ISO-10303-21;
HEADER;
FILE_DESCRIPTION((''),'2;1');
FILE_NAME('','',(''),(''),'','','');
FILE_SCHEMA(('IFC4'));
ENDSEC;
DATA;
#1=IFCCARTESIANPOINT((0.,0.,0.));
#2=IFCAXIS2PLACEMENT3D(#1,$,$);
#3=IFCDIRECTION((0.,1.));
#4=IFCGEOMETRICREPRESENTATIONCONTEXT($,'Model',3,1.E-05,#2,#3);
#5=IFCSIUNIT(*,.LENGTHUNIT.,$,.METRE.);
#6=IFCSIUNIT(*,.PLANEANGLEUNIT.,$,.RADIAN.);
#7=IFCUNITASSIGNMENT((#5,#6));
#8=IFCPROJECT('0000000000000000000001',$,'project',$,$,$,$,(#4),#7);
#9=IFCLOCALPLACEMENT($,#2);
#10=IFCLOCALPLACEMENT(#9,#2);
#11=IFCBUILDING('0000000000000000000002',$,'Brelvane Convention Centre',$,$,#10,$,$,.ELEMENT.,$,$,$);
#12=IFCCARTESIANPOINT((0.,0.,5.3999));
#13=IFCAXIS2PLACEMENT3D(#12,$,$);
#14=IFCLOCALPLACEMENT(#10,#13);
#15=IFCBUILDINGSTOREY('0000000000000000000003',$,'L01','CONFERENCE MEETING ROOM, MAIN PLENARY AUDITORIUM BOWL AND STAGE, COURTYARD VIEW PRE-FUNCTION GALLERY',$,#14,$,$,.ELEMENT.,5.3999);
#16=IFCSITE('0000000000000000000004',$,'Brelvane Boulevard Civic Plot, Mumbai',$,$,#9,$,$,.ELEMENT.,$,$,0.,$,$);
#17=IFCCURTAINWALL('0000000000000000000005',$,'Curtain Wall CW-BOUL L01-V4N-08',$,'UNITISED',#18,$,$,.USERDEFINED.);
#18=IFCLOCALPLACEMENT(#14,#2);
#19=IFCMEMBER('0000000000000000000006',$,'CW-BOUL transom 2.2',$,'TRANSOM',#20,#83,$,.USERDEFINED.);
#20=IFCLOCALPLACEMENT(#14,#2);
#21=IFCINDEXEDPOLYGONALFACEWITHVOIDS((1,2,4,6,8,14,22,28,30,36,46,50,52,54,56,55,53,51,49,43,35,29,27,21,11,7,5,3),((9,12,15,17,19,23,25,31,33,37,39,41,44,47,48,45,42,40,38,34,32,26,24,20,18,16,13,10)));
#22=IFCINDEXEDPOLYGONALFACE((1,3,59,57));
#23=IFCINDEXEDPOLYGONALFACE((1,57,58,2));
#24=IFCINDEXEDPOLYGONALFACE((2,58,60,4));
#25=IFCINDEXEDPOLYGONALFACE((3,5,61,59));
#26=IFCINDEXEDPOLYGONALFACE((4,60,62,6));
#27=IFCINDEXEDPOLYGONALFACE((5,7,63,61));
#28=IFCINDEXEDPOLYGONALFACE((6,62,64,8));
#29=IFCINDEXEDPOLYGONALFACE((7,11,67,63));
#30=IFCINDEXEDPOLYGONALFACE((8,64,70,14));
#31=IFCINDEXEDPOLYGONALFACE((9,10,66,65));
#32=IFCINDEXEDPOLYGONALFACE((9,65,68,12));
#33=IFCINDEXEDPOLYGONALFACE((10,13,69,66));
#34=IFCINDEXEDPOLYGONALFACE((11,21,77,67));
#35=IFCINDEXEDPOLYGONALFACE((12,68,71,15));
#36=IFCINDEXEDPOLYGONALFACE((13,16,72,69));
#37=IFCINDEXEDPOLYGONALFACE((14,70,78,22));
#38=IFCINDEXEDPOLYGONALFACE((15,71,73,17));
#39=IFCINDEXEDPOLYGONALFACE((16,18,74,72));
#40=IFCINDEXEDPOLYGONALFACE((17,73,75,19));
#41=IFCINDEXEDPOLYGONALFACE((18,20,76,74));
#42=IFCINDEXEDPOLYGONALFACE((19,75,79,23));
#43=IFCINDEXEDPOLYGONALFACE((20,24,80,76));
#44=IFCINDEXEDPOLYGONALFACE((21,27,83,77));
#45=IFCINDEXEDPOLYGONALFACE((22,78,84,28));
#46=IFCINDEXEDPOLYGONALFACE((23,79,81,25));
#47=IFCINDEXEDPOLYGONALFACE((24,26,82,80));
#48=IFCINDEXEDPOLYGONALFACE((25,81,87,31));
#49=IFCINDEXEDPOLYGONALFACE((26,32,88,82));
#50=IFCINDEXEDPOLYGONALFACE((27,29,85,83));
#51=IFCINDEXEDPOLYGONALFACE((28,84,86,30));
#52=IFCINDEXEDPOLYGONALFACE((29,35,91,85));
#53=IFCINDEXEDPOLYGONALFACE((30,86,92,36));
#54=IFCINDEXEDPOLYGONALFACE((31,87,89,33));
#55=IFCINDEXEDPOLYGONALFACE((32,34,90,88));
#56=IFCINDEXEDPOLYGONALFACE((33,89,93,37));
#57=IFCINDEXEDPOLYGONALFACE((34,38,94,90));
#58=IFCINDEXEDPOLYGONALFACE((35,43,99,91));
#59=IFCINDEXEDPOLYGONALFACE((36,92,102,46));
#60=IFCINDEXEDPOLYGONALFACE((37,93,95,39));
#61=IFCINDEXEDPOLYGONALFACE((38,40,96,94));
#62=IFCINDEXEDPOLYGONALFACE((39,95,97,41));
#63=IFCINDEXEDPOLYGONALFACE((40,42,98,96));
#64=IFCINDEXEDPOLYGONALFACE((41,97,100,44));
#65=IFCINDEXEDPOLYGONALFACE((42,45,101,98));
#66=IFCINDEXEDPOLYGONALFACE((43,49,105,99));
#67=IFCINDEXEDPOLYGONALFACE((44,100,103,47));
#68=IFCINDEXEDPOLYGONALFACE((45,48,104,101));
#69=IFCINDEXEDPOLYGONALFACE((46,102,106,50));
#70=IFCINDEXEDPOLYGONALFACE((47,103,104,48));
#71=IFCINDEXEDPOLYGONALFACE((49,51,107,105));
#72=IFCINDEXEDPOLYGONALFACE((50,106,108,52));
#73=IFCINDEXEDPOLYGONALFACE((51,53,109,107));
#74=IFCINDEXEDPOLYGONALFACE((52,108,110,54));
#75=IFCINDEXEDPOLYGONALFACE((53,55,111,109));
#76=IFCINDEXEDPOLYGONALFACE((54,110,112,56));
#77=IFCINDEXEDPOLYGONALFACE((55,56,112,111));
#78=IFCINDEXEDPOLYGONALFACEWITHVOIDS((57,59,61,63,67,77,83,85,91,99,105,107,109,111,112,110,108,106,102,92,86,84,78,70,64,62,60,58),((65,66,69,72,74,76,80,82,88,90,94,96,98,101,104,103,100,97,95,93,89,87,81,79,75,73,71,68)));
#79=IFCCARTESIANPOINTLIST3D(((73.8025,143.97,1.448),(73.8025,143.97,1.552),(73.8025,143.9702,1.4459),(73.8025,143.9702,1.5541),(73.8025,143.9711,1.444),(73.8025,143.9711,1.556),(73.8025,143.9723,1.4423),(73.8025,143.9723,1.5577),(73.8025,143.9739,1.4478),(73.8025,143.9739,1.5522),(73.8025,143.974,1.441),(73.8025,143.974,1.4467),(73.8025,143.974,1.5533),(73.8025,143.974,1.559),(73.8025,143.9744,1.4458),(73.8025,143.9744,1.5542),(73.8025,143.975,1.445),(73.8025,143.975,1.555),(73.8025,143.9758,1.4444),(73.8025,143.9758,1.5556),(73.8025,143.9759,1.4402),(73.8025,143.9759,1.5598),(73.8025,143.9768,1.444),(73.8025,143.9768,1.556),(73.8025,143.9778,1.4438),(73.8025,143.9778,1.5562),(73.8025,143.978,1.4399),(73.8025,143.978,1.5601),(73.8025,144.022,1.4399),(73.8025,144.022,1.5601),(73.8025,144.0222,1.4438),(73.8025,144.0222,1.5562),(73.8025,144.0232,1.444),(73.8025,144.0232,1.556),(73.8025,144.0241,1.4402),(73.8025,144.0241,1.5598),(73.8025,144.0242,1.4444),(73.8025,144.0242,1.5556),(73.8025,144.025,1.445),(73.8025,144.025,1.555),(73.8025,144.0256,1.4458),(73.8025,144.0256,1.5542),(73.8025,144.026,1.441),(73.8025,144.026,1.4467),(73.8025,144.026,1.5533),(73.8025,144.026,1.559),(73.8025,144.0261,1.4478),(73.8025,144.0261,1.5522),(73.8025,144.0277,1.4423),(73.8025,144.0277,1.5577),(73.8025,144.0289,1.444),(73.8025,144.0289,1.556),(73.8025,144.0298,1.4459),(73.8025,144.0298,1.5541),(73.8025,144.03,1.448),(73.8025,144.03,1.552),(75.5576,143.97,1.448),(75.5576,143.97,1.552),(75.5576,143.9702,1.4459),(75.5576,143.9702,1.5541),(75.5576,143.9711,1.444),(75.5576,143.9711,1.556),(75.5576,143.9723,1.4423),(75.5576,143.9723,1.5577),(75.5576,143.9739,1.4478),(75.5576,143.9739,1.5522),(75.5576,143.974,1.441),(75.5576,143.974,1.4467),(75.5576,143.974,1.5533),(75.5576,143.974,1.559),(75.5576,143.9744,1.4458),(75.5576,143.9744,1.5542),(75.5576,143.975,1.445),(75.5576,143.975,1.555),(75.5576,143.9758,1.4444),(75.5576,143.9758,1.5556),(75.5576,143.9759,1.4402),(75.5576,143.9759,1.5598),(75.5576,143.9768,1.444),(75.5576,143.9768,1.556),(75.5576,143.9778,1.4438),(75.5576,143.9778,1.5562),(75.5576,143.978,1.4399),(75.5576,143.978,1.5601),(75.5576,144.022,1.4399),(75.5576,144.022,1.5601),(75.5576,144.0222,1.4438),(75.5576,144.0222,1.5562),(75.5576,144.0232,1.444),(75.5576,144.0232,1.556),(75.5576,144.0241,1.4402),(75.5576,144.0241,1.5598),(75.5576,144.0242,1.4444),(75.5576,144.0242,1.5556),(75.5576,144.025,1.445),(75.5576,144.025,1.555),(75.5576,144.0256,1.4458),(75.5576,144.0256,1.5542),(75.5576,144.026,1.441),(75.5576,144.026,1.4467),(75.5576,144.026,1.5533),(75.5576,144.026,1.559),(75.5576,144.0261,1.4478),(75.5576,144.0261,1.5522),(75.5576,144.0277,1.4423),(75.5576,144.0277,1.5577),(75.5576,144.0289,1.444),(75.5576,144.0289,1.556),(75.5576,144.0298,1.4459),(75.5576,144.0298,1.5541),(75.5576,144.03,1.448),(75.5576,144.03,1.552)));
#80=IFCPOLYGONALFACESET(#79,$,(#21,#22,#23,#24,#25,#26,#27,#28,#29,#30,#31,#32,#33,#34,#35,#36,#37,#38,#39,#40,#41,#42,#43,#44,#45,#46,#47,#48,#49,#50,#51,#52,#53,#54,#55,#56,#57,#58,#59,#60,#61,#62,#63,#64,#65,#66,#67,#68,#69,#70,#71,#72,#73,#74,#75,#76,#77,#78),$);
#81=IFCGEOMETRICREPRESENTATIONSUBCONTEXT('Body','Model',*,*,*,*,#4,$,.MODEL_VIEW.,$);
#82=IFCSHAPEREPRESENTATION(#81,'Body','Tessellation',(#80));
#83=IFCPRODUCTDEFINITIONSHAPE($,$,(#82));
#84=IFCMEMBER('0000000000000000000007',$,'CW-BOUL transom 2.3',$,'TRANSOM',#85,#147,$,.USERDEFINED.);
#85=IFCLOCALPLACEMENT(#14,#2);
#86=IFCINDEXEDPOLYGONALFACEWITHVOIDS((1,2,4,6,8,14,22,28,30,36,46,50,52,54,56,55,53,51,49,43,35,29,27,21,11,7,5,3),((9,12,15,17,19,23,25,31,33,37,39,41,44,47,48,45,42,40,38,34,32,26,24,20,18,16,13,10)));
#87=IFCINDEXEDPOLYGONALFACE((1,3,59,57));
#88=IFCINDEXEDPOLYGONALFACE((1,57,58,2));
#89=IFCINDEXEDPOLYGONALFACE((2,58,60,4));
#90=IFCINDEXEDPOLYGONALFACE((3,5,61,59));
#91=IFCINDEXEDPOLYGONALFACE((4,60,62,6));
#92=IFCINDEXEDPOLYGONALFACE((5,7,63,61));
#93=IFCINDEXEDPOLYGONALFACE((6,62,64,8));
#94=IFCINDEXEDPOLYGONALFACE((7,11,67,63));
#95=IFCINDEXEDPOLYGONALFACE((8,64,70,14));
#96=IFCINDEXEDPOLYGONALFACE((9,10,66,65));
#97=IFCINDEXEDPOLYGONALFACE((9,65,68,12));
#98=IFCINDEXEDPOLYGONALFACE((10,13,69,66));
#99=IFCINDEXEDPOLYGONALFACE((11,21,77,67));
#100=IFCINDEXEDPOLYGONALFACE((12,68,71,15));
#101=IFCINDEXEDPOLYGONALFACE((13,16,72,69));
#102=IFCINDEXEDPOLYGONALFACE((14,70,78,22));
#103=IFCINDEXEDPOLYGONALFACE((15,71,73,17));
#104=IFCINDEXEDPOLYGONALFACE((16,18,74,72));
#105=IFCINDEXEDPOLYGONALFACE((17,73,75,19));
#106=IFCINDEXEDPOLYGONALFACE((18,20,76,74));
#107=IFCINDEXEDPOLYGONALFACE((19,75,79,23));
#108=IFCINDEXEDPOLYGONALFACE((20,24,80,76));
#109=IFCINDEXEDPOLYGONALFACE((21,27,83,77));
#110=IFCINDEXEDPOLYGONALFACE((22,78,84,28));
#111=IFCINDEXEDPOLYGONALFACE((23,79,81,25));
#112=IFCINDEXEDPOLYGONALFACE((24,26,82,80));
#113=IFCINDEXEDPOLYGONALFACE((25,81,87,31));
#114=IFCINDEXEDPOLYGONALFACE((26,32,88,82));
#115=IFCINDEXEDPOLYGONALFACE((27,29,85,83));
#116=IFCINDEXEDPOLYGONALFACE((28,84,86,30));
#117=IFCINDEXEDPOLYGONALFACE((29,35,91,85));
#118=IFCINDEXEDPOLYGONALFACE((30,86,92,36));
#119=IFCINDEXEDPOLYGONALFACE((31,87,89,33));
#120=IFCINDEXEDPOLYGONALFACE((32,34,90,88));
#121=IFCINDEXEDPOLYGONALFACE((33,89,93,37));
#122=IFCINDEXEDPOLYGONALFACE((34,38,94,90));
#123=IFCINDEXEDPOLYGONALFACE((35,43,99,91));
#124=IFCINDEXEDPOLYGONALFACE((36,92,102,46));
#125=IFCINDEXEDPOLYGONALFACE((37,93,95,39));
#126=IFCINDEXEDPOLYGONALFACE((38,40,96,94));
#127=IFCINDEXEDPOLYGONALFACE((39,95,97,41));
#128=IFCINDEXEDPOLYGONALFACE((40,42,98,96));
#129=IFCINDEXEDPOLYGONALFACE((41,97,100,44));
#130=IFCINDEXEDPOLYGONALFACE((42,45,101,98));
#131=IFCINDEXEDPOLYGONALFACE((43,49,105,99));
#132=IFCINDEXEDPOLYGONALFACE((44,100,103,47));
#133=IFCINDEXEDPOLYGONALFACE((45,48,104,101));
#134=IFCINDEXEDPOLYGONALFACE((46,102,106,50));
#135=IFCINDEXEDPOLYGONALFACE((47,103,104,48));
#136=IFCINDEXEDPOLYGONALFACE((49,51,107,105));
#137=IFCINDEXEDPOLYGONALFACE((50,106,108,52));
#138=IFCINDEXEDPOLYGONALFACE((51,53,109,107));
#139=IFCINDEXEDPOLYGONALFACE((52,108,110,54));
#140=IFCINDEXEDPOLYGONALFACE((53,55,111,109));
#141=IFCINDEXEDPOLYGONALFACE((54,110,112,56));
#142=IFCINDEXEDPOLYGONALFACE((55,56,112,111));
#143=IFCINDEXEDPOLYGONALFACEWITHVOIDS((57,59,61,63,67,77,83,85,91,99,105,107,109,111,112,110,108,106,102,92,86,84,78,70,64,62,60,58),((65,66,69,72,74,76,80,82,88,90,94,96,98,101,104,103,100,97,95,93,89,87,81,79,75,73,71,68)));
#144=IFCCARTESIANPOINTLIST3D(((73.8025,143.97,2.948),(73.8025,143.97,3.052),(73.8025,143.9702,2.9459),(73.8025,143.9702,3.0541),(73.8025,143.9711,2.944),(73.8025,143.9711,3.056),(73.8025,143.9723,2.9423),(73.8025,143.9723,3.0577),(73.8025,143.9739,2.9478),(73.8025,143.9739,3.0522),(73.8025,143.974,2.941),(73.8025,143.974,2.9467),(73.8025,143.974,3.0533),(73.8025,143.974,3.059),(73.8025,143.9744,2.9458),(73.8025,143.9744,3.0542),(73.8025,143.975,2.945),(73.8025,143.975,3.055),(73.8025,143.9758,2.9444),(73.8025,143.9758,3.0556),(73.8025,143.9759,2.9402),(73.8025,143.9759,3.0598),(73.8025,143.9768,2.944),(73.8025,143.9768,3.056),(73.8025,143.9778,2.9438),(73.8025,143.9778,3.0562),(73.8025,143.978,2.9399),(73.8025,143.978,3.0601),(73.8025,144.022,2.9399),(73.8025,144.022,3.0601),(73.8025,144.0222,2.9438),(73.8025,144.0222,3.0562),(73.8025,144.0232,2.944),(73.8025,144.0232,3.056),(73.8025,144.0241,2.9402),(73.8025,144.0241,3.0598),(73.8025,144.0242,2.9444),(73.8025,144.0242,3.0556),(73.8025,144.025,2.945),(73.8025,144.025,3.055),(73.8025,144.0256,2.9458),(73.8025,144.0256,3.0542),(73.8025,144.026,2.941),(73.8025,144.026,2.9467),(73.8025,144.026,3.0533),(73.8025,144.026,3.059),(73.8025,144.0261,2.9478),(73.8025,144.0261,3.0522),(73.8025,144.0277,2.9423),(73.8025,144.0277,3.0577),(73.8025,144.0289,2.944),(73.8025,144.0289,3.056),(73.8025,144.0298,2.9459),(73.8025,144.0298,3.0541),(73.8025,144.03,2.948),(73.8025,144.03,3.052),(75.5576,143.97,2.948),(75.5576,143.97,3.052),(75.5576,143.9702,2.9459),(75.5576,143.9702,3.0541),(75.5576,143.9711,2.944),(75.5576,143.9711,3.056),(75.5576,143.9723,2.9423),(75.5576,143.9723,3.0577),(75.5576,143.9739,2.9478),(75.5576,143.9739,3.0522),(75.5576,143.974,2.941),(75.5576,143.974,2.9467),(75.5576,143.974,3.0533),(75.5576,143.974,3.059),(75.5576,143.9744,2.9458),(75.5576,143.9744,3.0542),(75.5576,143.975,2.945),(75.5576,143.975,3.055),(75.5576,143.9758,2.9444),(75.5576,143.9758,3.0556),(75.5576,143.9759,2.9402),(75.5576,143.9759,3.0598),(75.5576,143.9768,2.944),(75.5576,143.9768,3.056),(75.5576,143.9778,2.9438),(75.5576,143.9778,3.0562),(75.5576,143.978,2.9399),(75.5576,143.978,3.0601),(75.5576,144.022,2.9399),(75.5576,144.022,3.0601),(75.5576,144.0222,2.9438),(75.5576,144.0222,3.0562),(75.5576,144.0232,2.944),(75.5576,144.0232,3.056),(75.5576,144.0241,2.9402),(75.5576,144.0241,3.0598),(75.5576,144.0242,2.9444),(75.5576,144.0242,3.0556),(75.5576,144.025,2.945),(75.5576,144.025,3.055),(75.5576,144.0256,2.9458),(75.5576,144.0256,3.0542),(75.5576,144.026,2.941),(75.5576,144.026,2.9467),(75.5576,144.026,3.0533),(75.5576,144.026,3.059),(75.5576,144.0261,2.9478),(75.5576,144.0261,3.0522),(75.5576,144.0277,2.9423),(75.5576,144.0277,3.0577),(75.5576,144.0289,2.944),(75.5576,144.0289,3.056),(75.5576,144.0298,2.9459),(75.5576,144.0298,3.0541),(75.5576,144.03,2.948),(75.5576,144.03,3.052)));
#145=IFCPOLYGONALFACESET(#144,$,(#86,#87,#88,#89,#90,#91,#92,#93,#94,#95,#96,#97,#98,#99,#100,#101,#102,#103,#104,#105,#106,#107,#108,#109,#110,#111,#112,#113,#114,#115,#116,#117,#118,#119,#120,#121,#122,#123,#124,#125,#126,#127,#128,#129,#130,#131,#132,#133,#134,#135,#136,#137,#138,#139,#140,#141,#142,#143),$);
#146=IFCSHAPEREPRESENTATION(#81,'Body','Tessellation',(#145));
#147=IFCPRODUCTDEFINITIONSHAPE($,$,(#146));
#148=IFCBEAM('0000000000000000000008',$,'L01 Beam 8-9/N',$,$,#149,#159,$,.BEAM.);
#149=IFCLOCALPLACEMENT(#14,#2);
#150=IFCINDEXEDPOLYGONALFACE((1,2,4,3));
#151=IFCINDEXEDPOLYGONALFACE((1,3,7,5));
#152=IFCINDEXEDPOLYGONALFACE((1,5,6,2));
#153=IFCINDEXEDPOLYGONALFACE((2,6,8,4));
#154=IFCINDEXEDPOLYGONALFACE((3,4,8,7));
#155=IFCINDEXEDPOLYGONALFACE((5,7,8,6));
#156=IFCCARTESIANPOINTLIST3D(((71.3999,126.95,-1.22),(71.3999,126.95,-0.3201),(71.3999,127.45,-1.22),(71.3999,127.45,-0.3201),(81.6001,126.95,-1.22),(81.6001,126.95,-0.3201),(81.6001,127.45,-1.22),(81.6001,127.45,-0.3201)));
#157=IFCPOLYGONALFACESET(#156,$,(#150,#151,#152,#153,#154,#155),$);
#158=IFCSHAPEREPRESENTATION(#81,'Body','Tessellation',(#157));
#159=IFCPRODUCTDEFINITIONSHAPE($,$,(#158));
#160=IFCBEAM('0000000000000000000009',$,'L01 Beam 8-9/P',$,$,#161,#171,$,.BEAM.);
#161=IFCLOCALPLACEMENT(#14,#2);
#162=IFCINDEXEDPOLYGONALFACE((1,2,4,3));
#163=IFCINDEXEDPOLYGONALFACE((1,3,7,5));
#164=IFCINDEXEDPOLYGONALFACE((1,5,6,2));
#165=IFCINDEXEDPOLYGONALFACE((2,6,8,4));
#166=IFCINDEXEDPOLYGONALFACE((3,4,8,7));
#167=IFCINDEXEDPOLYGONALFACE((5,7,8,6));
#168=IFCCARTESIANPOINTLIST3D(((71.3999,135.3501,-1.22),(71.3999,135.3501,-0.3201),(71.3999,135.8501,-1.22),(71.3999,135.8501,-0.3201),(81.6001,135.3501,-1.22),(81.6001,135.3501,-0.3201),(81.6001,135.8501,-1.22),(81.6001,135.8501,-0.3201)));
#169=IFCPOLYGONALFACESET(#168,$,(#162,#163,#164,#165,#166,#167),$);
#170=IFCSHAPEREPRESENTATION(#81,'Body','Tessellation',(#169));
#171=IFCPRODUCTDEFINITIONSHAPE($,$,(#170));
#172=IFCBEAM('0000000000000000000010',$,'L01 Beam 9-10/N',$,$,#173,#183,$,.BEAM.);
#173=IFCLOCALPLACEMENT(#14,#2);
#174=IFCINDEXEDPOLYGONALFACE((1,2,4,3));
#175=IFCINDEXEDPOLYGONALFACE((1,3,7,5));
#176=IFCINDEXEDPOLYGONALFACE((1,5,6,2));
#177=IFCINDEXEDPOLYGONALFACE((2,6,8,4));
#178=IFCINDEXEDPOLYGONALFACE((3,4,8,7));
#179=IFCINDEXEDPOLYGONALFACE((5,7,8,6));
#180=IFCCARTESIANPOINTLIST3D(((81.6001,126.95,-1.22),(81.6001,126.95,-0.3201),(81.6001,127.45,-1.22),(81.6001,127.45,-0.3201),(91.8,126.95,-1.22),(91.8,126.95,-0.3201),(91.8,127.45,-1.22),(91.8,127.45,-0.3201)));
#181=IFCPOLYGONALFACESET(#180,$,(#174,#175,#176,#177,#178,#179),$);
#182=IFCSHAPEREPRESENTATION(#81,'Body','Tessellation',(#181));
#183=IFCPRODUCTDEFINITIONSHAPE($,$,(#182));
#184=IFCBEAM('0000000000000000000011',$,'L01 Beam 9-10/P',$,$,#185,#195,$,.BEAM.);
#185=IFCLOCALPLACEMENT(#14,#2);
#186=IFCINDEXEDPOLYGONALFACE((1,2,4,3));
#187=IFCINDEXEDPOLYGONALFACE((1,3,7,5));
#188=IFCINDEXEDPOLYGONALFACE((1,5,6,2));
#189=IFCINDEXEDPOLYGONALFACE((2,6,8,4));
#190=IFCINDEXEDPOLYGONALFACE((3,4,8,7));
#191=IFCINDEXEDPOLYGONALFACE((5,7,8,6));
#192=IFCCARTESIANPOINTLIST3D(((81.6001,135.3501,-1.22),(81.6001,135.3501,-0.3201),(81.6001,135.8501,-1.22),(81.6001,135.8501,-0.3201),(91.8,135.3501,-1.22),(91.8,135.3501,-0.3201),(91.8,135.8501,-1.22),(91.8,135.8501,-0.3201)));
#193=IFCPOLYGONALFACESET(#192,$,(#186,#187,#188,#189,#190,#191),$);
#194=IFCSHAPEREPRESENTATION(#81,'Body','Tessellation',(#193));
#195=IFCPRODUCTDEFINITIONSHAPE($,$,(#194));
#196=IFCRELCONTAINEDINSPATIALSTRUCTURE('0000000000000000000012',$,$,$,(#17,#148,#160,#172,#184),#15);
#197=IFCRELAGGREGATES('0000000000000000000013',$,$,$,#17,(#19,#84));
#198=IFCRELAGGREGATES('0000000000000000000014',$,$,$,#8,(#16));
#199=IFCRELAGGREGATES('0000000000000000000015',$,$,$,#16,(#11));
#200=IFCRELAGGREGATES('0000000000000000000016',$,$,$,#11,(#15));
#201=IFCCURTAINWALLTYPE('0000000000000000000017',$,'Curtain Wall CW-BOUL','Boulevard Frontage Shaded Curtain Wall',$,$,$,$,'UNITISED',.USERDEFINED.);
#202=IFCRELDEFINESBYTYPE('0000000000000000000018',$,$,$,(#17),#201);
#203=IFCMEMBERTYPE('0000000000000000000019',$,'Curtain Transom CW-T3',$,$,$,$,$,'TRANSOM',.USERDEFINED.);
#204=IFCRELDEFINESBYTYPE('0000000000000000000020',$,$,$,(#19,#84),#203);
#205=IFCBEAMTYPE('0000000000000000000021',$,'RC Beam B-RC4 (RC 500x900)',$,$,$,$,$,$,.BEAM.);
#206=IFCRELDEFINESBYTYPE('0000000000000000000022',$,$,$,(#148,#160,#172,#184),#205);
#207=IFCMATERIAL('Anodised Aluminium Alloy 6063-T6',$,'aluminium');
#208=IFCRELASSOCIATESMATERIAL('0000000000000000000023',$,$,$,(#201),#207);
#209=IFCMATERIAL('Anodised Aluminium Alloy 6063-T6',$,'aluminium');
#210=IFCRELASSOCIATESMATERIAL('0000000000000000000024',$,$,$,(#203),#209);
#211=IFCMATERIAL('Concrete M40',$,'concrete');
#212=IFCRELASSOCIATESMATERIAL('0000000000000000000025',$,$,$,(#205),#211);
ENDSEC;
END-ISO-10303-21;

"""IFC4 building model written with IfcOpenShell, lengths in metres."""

from ifc_helpers import new_model, si_unit, direction, frame, origin, origin_2d, place, context, subcontext, project, spatial, rectangle, hollow_rectangle, extrude, material, material_profile, profile_set, type_object, element, aggregate, save


model = new_model("IFC4")

# Units and contexts
model_context = context("Model", 3, precision=1e-05, world=origin(), true_north=direction((0.0, 1.0)))
body_context = subcontext(model_context, "Body", "Model", "MODEL_VIEW")
ifc_project = project(units=[si_unit("LENGTHUNIT", "METRE"), si_unit("PLANEANGLEUNIT", "RADIAN")], contexts=[model_context])

# Site, building, storey
site_placement = place(None, origin())
site = spatial("IfcSite", under=ifc_project, at=site_placement, Name="Brelvane Boulevard Civic Plot, Mumbai", CompositionType="ELEMENT", RefElevation=0.0)
building_placement = place(site_placement, origin())
building = spatial("IfcBuilding", under=site, at=building_placement, Name="Brelvane Convention Centre", CompositionType="ELEMENT")
storey_placement = place(building_placement, frame((0.0, 0.0, 5.3999)))
storey = spatial("IfcBuildingStorey", under=building, at=storey_placement, Name="L01", Description="CONFERENCE MEETING ROOM, MAIN PLENARY AUDITORIUM BOWL AND STAGE, COURTYARD VIEW PRE-FUNCTION GALLERY", CompositionType="ELEMENT", Elevation=5.3999)

# Curtain wall, members
ifc_material_1 = material(Name="Anodised Aluminium Alloy 6063-T6", Category="aluminium")
curtain_wall_type = type_object("IfcCurtainWallType", Name="Curtain Wall CW-BOUL", Description="Boulevard Frontage Shaded Curtain Wall", ElementType="UNITISED", PredefinedType="USERDEFINED", material=ifc_material_1)
curtain_wall_placement = place(storey_placement, origin())
curtain_wall = element("IfcCurtainWall", 1, at=curtain_wall_placement, inside=storey, type_object=curtain_wall_type, Name="Curtain Wall CW-BOUL L01-V4N-08", ObjectType="UNITISED", PredefinedType="USERDEFINED")
ifc_material_2 = material(Name="Anodised Aluminium Alloy 6063-T6", Category="aluminium")
ifc_material_profile_1 = material_profile(ifc_material_2, hollow_rectangle(XDim=0.0601, YDim=0.1201, WallThickness=0.0039, InnerFilletRadius=0.0039, OuterFilletRadius=0.0081, at=origin_2d()), Name="ALU-T 120x60x4.0")
ifc_profile_set_1 = profile_set([ifc_material_profile_1], Name="Anodised Aluminium Alloy 6063-T6")
member_type_1 = type_object("IfcMemberType", Name="Curtain Transom CW-T3", ElementType="TRANSOM", PredefinedType="USERDEFINED", material=ifc_profile_set_1)
member_1_placement = place(storey_placement, frame((73.8025, 144.0, 1.5), z_axis=(1.0, 0.0, 0.0), x_axis=(0.0, 1.0, 0.0)))
member_1 = element("IfcMember", 2, at=member_1_placement, type_object=member_type_1, Name="CW-BOUL transom 2.2", ObjectType="TRANSOM", PredefinedType="USERDEFINED", context=body_context, shape_type="SweptSolid", body=[
    extrude(hollow_rectangle(XDim=0.0601, YDim=0.1201, WallThickness=0.0039, InnerFilletRadius=0.0039, OuterFilletRadius=0.0081, at=origin_2d()), origin(), (0.0, 0.0, 1.0), 1.7551),
])
member_2_placement = place(storey_placement, frame((73.8025, 144.0, 3.0), z_axis=(1.0, 0.0, 0.0), x_axis=(0.0, 1.0, 0.0)))
member_2 = element("IfcMember", 3, at=member_2_placement, type_object=member_type_1, Name="CW-BOUL transom 2.3", ObjectType="TRANSOM", PredefinedType="USERDEFINED", context=body_context, shape_type="SweptSolid", body=[
    extrude(hollow_rectangle(XDim=0.0601, YDim=0.1201, WallThickness=0.0039, InnerFilletRadius=0.0039, OuterFilletRadius=0.0081, at=origin_2d()), origin(), (0.0, 0.0, 1.0), 1.7551),
])

# Beams
ifc_material_3 = material(Name="Concrete M40", Category="concrete")
ifc_material_profile_2 = material_profile(ifc_material_3, rectangle(XDim=0.5, YDim=0.8999, at=origin_2d()), Name="RC 500x900")
ifc_profile_set_2 = profile_set([ifc_material_profile_2], Name="Concrete M40")
beam_type_1 = type_object("IfcBeamType", Name="RC Beam B-RC4 (RC 500x900)", PredefinedType="BEAM", material=ifc_profile_set_2)
for number, where, z_axis, x_axis, name in (
    (4, (71.3999, 127.2, -0.77), (1.0, 0.0, 0.0), (0.0, 1.0, 0.0), "L01 Beam 8-9/N"),
    (5, (71.3999, 135.6001, -0.77), (1.0, 0.0, 0.0), (0.0, 1.0, 0.0), "L01 Beam 8-9/P"),
):
    element("IfcBeam", number, at=place(storey_placement, frame(where, z_axis=z_axis, x_axis=x_axis)), inside=storey, type_object=beam_type_1, Name=name, PredefinedType="BEAM", context=body_context, shape_type="SweptSolid", body=[
        extrude(rectangle(XDim=0.5, YDim=0.8999, at=origin_2d()), origin(), (0.0, 0.0, 1.0), 10.2002),
    ])
for number, where, z_axis, x_axis, name in (
    (6, (81.6001, 127.2, -0.77), (1.0, 0.0, 0.0), (0.0, 1.0, 0.0), "L01 Beam 9-10/N"),
    (7, (81.6001, 135.6001, -0.77), (1.0, 0.0, 0.0), (0.0, 1.0, 0.0), "L01 Beam 9-10/P"),
):
    element("IfcBeam", number, at=place(storey_placement, frame(where, z_axis=z_axis, x_axis=x_axis)), inside=storey, type_object=beam_type_1, Name=name, PredefinedType="BEAM", context=body_context, shape_type="SweptSolid", body=[
        extrude(rectangle(XDim=0.5, YDim=0.8999, at=origin_2d()), origin(), (0.0, 0.0, 1.0), 10.2),
    ])

aggregate(curtain_wall, [member_1, member_2])

save(model, "model.ifc")
